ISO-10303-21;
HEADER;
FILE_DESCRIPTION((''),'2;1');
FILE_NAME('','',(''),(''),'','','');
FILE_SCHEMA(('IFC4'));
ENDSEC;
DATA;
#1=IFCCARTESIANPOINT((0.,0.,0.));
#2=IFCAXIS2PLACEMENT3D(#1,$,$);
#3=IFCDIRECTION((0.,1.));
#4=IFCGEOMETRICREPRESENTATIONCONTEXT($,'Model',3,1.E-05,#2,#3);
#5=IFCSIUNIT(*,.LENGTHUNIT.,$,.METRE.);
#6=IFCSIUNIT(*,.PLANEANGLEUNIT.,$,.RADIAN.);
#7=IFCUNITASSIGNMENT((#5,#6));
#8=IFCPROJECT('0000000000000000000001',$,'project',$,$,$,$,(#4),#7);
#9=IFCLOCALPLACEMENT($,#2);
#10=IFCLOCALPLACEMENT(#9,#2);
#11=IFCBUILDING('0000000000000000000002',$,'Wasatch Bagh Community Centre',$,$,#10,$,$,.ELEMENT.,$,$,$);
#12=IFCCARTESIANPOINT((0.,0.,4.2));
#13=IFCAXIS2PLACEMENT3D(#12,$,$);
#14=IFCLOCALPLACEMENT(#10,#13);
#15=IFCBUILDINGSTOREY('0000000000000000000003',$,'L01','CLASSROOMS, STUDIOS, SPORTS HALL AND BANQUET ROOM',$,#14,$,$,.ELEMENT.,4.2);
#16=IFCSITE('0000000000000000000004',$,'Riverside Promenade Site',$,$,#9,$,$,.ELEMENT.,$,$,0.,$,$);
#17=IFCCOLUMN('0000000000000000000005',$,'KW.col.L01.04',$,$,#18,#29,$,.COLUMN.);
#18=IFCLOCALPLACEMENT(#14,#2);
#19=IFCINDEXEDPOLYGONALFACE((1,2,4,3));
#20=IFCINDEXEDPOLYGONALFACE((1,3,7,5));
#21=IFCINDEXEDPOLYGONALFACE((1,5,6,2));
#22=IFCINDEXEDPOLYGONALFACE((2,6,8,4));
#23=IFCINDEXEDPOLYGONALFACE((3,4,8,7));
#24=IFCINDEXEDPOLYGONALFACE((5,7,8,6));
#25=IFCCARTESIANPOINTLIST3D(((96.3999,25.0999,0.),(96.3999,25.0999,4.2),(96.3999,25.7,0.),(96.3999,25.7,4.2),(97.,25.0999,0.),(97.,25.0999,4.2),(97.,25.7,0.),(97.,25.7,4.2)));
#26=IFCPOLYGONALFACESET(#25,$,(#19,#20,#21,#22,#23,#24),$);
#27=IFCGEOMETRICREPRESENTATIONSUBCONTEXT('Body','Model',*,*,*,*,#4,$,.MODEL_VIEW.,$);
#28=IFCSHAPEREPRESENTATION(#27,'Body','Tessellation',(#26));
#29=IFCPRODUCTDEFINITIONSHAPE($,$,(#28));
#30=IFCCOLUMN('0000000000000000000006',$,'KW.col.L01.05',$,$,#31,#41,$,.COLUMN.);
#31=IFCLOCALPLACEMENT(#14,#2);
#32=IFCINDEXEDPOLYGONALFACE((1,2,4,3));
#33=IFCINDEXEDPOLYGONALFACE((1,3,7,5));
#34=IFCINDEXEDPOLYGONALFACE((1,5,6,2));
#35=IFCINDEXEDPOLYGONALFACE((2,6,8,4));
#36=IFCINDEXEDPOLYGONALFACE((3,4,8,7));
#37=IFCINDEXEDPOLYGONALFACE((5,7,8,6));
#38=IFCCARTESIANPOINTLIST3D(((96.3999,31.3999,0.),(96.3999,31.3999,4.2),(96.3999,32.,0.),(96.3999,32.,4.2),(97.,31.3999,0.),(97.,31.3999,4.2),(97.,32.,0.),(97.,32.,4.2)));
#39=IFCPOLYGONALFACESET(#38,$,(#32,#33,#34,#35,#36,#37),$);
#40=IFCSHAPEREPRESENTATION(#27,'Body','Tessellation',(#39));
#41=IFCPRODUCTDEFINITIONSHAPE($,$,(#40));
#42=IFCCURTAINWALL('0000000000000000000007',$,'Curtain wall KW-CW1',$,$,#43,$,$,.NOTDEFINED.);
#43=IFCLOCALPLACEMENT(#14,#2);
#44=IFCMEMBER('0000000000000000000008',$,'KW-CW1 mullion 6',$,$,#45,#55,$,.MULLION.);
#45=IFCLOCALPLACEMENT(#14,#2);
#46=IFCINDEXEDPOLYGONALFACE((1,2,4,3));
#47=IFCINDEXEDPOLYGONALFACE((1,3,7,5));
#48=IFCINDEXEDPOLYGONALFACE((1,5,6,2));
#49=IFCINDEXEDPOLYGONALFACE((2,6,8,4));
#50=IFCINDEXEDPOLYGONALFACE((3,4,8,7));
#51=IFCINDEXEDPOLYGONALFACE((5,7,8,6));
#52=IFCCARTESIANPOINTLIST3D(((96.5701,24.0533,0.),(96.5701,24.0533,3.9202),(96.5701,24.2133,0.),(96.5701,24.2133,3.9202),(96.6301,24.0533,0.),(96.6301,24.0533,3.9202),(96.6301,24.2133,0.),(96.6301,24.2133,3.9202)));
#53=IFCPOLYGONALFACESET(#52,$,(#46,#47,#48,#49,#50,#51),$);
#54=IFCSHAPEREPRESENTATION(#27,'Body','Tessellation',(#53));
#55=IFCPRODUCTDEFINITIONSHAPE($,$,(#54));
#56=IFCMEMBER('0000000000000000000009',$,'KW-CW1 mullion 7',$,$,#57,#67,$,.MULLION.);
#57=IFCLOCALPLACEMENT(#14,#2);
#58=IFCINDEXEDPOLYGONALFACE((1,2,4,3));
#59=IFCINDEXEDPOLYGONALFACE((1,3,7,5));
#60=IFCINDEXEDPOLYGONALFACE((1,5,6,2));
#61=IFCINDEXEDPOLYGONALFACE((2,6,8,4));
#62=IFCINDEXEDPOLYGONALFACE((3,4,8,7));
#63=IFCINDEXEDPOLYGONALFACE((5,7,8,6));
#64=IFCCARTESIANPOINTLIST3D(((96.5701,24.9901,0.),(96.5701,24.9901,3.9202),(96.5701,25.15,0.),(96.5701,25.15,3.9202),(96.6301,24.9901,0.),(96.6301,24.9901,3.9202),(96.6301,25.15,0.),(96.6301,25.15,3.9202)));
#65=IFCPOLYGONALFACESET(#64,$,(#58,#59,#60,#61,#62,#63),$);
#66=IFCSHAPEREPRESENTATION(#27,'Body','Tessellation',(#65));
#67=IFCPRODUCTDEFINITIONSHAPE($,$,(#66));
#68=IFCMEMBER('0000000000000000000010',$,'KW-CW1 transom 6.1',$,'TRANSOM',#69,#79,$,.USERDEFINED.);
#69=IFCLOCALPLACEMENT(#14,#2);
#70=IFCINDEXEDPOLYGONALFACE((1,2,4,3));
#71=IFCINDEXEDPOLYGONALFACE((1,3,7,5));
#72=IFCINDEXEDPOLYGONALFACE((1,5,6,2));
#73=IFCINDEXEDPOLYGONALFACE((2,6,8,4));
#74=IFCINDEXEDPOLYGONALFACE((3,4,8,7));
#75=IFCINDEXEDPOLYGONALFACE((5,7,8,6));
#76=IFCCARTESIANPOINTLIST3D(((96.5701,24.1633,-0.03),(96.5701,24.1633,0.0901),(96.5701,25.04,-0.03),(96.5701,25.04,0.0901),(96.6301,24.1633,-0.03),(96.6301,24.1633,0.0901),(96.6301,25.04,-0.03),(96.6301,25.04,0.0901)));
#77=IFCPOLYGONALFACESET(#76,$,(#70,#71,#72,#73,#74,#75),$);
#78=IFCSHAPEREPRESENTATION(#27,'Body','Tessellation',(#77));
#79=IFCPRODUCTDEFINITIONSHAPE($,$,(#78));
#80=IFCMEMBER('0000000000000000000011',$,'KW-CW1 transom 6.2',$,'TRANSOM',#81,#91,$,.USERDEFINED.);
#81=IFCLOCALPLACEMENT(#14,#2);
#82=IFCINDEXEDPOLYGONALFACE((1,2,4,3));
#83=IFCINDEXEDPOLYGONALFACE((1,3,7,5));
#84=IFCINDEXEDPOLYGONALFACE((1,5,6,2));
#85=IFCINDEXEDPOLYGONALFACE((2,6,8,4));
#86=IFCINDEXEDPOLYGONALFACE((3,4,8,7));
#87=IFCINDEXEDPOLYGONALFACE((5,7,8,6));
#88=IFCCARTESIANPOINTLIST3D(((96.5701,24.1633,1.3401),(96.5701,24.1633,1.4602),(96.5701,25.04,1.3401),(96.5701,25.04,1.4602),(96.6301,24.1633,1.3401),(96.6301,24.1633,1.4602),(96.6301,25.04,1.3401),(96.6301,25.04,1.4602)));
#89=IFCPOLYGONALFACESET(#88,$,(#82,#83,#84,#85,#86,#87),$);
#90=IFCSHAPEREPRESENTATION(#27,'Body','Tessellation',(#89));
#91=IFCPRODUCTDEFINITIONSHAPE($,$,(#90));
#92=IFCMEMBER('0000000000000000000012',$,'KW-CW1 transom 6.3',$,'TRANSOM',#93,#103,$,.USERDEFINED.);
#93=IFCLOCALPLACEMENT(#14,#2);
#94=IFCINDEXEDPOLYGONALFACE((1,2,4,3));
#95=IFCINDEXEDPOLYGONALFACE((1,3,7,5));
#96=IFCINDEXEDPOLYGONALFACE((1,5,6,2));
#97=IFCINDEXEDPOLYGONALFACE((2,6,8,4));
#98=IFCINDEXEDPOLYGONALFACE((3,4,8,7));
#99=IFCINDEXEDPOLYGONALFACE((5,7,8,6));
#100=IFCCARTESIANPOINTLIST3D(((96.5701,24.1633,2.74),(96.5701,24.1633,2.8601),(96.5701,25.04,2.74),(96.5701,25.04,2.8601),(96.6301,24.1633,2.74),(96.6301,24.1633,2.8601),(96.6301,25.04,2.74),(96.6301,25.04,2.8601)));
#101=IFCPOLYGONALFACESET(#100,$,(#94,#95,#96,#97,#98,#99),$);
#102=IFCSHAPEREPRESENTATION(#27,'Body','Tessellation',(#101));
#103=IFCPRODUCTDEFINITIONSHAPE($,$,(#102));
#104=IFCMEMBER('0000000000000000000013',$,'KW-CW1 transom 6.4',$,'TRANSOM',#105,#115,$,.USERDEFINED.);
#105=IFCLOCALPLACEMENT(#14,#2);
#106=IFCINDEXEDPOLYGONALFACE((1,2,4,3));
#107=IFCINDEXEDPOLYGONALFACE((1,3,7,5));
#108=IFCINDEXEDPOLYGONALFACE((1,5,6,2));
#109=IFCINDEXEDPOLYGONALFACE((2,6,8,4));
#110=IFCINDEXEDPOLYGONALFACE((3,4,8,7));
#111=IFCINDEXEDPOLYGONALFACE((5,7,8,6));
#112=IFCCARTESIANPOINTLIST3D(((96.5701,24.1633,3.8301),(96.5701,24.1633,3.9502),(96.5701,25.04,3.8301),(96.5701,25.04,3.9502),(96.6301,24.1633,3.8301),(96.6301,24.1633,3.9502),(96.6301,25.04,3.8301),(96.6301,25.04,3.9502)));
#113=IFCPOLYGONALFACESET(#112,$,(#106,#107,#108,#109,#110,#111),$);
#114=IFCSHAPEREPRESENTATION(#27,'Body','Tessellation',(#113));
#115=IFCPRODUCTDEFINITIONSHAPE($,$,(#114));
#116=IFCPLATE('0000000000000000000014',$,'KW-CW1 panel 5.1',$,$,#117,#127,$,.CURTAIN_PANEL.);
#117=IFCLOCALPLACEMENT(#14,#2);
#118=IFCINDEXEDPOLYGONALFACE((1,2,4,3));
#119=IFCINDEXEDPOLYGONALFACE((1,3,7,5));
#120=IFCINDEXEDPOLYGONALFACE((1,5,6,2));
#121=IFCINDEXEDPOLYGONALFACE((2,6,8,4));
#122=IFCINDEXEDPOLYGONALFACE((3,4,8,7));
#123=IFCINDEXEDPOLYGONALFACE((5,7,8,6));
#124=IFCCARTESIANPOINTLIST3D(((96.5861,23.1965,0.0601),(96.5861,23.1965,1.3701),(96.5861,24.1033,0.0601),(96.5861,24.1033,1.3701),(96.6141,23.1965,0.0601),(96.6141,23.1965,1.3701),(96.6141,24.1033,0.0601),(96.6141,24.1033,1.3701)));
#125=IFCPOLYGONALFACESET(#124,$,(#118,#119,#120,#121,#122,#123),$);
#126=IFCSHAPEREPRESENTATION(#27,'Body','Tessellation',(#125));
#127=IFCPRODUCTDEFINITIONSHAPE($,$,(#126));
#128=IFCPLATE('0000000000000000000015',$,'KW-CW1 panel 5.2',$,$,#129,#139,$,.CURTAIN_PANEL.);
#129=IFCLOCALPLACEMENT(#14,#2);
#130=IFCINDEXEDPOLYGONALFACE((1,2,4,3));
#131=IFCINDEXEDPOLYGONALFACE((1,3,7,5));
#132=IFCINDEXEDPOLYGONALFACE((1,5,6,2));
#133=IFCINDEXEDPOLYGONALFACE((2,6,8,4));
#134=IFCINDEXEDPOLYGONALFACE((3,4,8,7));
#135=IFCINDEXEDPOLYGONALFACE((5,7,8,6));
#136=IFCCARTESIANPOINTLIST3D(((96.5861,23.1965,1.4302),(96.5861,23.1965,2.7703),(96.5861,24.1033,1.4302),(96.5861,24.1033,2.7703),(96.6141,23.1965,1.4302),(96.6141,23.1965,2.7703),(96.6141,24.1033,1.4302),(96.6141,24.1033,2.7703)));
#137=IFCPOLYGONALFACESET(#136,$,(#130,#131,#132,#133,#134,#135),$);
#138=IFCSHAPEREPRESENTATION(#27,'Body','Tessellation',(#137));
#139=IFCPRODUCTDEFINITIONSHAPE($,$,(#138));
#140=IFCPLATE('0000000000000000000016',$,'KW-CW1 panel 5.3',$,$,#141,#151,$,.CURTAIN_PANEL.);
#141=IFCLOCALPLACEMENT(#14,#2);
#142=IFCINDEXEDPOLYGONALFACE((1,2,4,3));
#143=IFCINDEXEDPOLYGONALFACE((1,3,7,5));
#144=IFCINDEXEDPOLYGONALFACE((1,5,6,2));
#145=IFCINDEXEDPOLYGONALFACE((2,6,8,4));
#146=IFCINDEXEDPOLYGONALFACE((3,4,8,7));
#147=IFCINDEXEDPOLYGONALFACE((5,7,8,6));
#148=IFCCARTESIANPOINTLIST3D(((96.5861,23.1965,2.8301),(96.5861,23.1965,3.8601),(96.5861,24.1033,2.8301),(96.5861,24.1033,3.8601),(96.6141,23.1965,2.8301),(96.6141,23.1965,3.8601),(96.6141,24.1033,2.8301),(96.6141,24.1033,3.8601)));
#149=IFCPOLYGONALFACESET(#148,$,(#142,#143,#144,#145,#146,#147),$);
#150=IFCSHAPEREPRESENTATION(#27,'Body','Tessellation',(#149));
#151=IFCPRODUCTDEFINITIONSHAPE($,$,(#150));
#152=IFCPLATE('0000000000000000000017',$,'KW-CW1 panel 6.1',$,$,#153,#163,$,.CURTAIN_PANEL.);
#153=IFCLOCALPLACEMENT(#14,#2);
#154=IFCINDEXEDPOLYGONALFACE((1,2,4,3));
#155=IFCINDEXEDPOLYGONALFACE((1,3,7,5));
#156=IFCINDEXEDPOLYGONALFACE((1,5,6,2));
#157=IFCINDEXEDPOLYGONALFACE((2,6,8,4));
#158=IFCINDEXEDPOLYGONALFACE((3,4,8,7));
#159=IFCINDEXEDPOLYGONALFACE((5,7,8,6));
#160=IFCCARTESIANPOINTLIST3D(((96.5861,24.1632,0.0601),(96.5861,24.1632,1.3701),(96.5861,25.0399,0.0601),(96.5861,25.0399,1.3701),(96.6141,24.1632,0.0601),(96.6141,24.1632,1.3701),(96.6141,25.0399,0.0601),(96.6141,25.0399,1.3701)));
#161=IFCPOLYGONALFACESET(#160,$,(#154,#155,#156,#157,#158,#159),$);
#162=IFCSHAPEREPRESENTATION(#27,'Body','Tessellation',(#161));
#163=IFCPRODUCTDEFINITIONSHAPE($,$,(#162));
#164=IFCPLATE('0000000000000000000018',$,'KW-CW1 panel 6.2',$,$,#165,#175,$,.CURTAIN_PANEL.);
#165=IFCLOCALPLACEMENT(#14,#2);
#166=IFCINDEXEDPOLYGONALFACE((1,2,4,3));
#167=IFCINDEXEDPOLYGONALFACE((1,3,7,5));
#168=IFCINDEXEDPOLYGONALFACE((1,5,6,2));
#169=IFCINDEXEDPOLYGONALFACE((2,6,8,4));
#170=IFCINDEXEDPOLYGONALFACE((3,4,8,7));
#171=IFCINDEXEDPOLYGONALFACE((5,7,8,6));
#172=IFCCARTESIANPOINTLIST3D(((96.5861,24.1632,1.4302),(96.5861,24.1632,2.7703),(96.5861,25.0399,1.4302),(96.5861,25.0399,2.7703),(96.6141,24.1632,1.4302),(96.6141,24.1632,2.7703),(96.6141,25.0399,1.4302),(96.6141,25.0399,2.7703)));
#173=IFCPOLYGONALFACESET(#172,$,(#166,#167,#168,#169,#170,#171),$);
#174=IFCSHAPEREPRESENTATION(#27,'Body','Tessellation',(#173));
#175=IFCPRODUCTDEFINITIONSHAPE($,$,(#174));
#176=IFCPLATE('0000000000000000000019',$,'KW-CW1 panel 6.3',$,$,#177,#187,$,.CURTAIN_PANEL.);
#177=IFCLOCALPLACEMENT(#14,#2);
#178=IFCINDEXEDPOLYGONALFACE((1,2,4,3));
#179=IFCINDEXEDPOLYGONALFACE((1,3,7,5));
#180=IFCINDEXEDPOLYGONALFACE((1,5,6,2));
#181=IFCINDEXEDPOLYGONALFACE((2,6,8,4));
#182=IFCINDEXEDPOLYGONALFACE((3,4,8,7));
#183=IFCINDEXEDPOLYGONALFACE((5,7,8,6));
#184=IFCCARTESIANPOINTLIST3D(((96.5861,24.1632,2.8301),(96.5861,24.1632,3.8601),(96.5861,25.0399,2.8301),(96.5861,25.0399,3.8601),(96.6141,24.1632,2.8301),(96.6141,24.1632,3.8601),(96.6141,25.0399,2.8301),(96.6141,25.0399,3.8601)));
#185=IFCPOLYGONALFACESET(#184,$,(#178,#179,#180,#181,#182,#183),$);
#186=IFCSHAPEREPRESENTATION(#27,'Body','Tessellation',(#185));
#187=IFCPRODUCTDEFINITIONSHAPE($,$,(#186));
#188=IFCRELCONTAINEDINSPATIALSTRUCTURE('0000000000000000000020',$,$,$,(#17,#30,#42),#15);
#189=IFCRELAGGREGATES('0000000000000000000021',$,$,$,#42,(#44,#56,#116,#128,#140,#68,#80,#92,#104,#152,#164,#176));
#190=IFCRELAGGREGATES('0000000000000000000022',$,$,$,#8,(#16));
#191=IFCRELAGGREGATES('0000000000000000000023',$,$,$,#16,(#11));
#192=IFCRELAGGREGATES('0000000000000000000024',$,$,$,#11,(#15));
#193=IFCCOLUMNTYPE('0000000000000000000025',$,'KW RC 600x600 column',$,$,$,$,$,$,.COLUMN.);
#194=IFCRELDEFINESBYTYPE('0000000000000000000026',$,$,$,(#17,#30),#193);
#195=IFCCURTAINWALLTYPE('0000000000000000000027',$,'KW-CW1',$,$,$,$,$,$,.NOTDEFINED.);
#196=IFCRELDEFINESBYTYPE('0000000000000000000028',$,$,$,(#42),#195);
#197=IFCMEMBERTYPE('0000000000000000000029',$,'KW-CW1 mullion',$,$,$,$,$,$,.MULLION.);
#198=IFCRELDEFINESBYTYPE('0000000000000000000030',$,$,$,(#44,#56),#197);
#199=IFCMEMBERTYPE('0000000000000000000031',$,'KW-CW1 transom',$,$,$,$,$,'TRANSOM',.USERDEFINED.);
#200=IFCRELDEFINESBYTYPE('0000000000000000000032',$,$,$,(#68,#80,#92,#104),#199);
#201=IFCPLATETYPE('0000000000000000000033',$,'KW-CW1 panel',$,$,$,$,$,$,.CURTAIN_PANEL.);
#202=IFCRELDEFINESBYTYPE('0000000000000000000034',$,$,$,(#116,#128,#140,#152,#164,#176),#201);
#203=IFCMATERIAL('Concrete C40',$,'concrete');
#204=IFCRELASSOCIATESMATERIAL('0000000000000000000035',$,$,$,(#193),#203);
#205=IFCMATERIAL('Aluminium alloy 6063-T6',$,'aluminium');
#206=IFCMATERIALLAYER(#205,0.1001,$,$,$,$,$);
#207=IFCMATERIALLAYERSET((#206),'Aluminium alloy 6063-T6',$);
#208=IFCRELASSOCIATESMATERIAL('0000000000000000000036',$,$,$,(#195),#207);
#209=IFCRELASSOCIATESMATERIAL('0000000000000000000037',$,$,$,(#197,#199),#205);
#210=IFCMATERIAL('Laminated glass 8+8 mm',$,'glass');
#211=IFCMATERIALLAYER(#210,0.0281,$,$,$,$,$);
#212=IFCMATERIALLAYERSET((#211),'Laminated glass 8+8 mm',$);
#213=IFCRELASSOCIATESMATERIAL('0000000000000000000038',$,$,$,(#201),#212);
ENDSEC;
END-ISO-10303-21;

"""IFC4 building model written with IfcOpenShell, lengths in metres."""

from ifc_helpers import new_model, si_unit, direction, frame, origin, origin_2d, place, context, subcontext, project, spatial, rectangle, extrude, material, layer, layer_set, material_profile, profile_set, type_object, element, aggregate, save


model = new_model("IFC4")

# Units and contexts
model_context = context("Model", 3, precision=1e-05, world=origin(), true_north=direction((0.0, 1.0)))
body_context = subcontext(model_context, "Body", "Model", "MODEL_VIEW")
ifc_project = project(units=[si_unit("LENGTHUNIT", "METRE"), si_unit("PLANEANGLEUNIT", "RADIAN")], contexts=[model_context])

# Site, building, storey
site_placement = place(None, origin())
site = spatial("IfcSite", under=ifc_project, at=site_placement, Name="Riverside Promenade Site", CompositionType="ELEMENT", RefElevation=0.0)
building_placement = place(site_placement, origin())
building = spatial("IfcBuilding", under=site, at=building_placement, Name="Wasatch Bagh Community Centre", CompositionType="ELEMENT")
storey_placement = place(building_placement, frame((0.0, 0.0, 4.2)))
storey = spatial("IfcBuildingStorey", under=building, at=storey_placement, Name="L01", Description="CLASSROOMS, STUDIOS, SPORTS HALL AND BANQUET ROOM", CompositionType="ELEMENT", Elevation=4.2)

# Columns
ifc_material_1 = material(Name="Concrete C40", Category="concrete")
ifc_material_profile_1 = material_profile(ifc_material_1, rectangle(XDim=0.6001, YDim=0.6001, at=origin_2d()), Name="RC 600x600")
ifc_profile_set_1 = profile_set([ifc_material_profile_1], Name="Concrete C40")
column_type = type_object("IfcColumnType", Name="KW RC 600x600 column", PredefinedType="COLUMN", material=ifc_profile_set_1)
for number, where, z_axis, x_axis, name in (
    (1, (96.7, 25.3999, 0.0), (0.0, 0.0, 1.0), (1.0, 0.0, 0.0), "KW.col.L01.04"),
    (2, (96.7, 31.7, 0.0), (0.0, 0.0, 1.0), (1.0, 0.0, 0.0), "KW.col.L01.05"),
):
    element("IfcColumn", number, at=place(storey_placement, frame(where, z_axis=z_axis, x_axis=x_axis)), inside=storey, type_object=column_type, Name=name, PredefinedType="COLUMN", context=body_context, shape_type="SweptSolid", body=[
        extrude(rectangle(XDim=0.6001, YDim=0.6001, at=origin_2d()), origin(), (0.0, 0.0, 1.0), 4.2),
    ])

# Curtain wall, members, plates
ifc_material_2 = material(Name="Aluminium alloy 6063-T6", Category="aluminium")
ifc_layer_1 = layer(ifc_material_2, 0.1001)
ifc_layer_set_1 = layer_set([ifc_layer_1], Name="Aluminium alloy 6063-T6")
curtain_wall_type = type_object("IfcCurtainWallType", Name="KW-CW1", PredefinedType="NOTDEFINED", material=ifc_layer_set_1)
curtain_wall_placement = place(storey_placement, origin())
curtain_wall = element("IfcCurtainWall", 3, at=curtain_wall_placement, inside=storey, type_object=curtain_wall_type, Name="Curtain wall KW-CW1", PredefinedType="NOTDEFINED")
ifc_material_profile_2 = material_profile(ifc_material_2, rectangle(XDim=0.0601, YDim=0.1599, at=origin_2d()), Name="AL 60x160")
ifc_profile_set_2 = profile_set([ifc_material_profile_2], Name="Aluminium alloy 6063-T6")
member_type_1 = type_object("IfcMemberType", Name="KW-CW1 mullion", PredefinedType="MULLION", material=ifc_profile_set_2)
member_1_placement = place(storey_placement, frame((96.6001, 24.1333, 0.0), z_axis=(0.0, 0.0, 1.0), x_axis=(-1.0, 0.0, 0.0)))
member_1 = element("IfcMember", 4, at=member_1_placement, type_object=member_type_1, Name="KW-CW1 mullion 6", PredefinedType="MULLION", context=body_context, shape_type="SweptSolid", body=[
    extrude(rectangle(XDim=0.0601, YDim=0.1599, at=origin_2d()), origin(), (0.0, 0.0, 1.0), 3.9202),
])
member_2_placement = place(storey_placement, frame((96.6001, 25.0701, 0.0), z_axis=(0.0, 0.0, 1.0), x_axis=(-1.0, 0.0, 0.0)))
member_2 = element("IfcMember", 5, at=member_2_placement, type_object=member_type_1, Name="KW-CW1 mullion 7", PredefinedType="MULLION", context=body_context, shape_type="SweptSolid", body=[
    extrude(rectangle(XDim=0.0601, YDim=0.1599, at=origin_2d()), origin(), (0.0, 0.0, 1.0), 3.9202),
])
ifc_material_profile_3 = material_profile(ifc_material_2, rectangle(XDim=0.0601, YDim=0.1201, at=origin_2d()), Name="AL 60x120")
ifc_profile_set_3 = profile_set([ifc_material_profile_3], Name="Aluminium alloy 6063-T6")
member_type_2 = type_object("IfcMemberType", Name="KW-CW1 transom", ElementType="TRANSOM", PredefinedType="USERDEFINED", material=ifc_profile_set_3)
member_3_placement = place(storey_placement, frame((96.6001, 24.1633, 0.03), z_axis=(0.0, 1.0, 0.0), x_axis=(-1.0, 0.0, 0.0)))
member_3 = element("IfcMember", 6, at=member_3_placement, type_object=member_type_2, Name="KW-CW1 transom 6.1", ObjectType="TRANSOM", PredefinedType="USERDEFINED", context=body_context, shape_type="SweptSolid", body=[
    extrude(rectangle(XDim=0.0601, YDim=0.1201, at=origin_2d()), origin(), (0.0, 0.0, 1.0), 0.8767),
])
member_4_placement = place(storey_placement, frame((96.6001, 24.1633, 1.4001), z_axis=(0.0, 1.0, 0.0), x_axis=(-1.0, 0.0, 0.0)))
member_4 = element("IfcMember", 7, at=member_4_placement, type_object=member_type_2, Name="KW-CW1 transom 6.2", ObjectType="TRANSOM", PredefinedType="USERDEFINED", context=body_context, shape_type="SweptSolid", body=[
    extrude(rectangle(XDim=0.0601, YDim=0.1201, at=origin_2d()), origin(), (0.0, 0.0, 1.0), 0.8767),
])
member_5_placement = place(storey_placement, frame((96.6001, 24.1633, 2.8), z_axis=(0.0, 1.0, 0.0), x_axis=(-1.0, 0.0, 0.0)))
member_5 = element("IfcMember", 8, at=member_5_placement, type_object=member_type_2, Name="KW-CW1 transom 6.3", ObjectType="TRANSOM", PredefinedType="USERDEFINED", context=body_context, shape_type="SweptSolid", body=[
    extrude(rectangle(XDim=0.0601, YDim=0.1201, at=origin_2d()), origin(), (0.0, 0.0, 1.0), 0.8767),
])
member_6_placement = place(storey_placement, frame((96.6001, 24.1633, 3.8901), z_axis=(0.0, 1.0, 0.0), x_axis=(-1.0, 0.0, 0.0)))
member_6 = element("IfcMember", 9, at=member_6_placement, type_object=member_type_2, Name="KW-CW1 transom 6.4", ObjectType="TRANSOM", PredefinedType="USERDEFINED", context=body_context, shape_type="SweptSolid", body=[
    extrude(rectangle(XDim=0.0601, YDim=0.1201, at=origin_2d()), origin(), (0.0, 0.0, 1.0), 0.8767),
])
ifc_material_3 = material(Name="Laminated glass 8+8 mm", Category="glass")
ifc_layer_2 = layer(ifc_material_3, 0.0281)
ifc_layer_set_2 = layer_set([ifc_layer_2], Name="Laminated glass 8+8 mm")
plate_type = type_object("IfcPlateType", Name="KW-CW1 panel", PredefinedType="CURTAIN_PANEL", material=ifc_layer_set_2)
plate_1_placement = place(storey_placement, frame((96.6001, 23.6499, 0.0601), z_axis=(0.0, 0.0, 1.0), x_axis=(0.0, 1.0, 0.0)))
plate_1 = element("IfcPlate", 10, at=plate_1_placement, type_object=plate_type, Name="KW-CW1 panel 5.1", PredefinedType="CURTAIN_PANEL", context=body_context, shape_type="SweptSolid", body=[
    extrude(rectangle(XDim=0.9067, YDim=0.0281, at=origin_2d()), origin(), (0.0, 0.0, 1.0), 1.3101),
])
plate_2_placement = place(storey_placement, frame((96.6001, 23.6499, 1.4302), z_axis=(0.0, 0.0, 1.0), x_axis=(0.0, 1.0, 0.0)))
plate_2 = element("IfcPlate", 11, at=plate_2_placement, type_object=plate_type, Name="KW-CW1 panel 5.2", PredefinedType="CURTAIN_PANEL", context=body_context, shape_type="SweptSolid", body=[
    extrude(rectangle(XDim=0.9067, YDim=0.0281, at=origin_2d()), origin(), (0.0, 0.0, 1.0), 1.3401),
])
plate_3_placement = place(storey_placement, frame((96.6001, 23.6499, 2.8301), z_axis=(0.0, 0.0, 1.0), x_axis=(0.0, 1.0, 0.0)))
plate_3 = element("IfcPlate", 12, at=plate_3_placement, type_object=plate_type, Name="KW-CW1 panel 5.3", PredefinedType="CURTAIN_PANEL", context=body_context, shape_type="SweptSolid", body=[
    extrude(rectangle(XDim=0.9067, YDim=0.0281, at=origin_2d()), origin(), (0.0, 0.0, 1.0), 1.03),
])
plate_4_placement = place(storey_placement, frame((96.6001, 24.6016, 0.0601), z_axis=(0.0, 0.0, 1.0), x_axis=(0.0, 1.0, 0.0)))
plate_4 = element("IfcPlate", 13, at=plate_4_placement, type_object=plate_type, Name="KW-CW1 panel 6.1", PredefinedType="CURTAIN_PANEL", context=body_context, shape_type="SweptSolid", body=[
    extrude(rectangle(XDim=0.8767, YDim=0.0281, at=origin_2d()), origin(), (0.0, 0.0, 1.0), 1.3101),
])
plate_5_placement = place(storey_placement, frame((96.6001, 24.6016, 1.4302), z_axis=(0.0, 0.0, 1.0), x_axis=(0.0, 1.0, 0.0)))
plate_5 = element("IfcPlate", 14, at=plate_5_placement, type_object=plate_type, Name="KW-CW1 panel 6.2", PredefinedType="CURTAIN_PANEL", context=body_context, shape_type="SweptSolid", body=[
    extrude(rectangle(XDim=0.8767, YDim=0.0281, at=origin_2d()), origin(), (0.0, 0.0, 1.0), 1.3401),
])
plate_6_placement = place(storey_placement, frame((96.6001, 24.6016, 2.8301), z_axis=(0.0, 0.0, 1.0), x_axis=(0.0, 1.0, 0.0)))
plate_6 = element("IfcPlate", 15, at=plate_6_placement, type_object=plate_type, Name="KW-CW1 panel 6.3", PredefinedType="CURTAIN_PANEL", context=body_context, shape_type="SweptSolid", body=[
    extrude(rectangle(XDim=0.8767, YDim=0.0281, at=origin_2d()), origin(), (0.0, 0.0, 1.0), 1.03),
])
aggregate(curtain_wall, [member_1, member_2, plate_1, plate_2, plate_3, member_3, member_4, member_5, member_6, plate_4, plate_5, plate_6])

save(model, "model.ifc")
